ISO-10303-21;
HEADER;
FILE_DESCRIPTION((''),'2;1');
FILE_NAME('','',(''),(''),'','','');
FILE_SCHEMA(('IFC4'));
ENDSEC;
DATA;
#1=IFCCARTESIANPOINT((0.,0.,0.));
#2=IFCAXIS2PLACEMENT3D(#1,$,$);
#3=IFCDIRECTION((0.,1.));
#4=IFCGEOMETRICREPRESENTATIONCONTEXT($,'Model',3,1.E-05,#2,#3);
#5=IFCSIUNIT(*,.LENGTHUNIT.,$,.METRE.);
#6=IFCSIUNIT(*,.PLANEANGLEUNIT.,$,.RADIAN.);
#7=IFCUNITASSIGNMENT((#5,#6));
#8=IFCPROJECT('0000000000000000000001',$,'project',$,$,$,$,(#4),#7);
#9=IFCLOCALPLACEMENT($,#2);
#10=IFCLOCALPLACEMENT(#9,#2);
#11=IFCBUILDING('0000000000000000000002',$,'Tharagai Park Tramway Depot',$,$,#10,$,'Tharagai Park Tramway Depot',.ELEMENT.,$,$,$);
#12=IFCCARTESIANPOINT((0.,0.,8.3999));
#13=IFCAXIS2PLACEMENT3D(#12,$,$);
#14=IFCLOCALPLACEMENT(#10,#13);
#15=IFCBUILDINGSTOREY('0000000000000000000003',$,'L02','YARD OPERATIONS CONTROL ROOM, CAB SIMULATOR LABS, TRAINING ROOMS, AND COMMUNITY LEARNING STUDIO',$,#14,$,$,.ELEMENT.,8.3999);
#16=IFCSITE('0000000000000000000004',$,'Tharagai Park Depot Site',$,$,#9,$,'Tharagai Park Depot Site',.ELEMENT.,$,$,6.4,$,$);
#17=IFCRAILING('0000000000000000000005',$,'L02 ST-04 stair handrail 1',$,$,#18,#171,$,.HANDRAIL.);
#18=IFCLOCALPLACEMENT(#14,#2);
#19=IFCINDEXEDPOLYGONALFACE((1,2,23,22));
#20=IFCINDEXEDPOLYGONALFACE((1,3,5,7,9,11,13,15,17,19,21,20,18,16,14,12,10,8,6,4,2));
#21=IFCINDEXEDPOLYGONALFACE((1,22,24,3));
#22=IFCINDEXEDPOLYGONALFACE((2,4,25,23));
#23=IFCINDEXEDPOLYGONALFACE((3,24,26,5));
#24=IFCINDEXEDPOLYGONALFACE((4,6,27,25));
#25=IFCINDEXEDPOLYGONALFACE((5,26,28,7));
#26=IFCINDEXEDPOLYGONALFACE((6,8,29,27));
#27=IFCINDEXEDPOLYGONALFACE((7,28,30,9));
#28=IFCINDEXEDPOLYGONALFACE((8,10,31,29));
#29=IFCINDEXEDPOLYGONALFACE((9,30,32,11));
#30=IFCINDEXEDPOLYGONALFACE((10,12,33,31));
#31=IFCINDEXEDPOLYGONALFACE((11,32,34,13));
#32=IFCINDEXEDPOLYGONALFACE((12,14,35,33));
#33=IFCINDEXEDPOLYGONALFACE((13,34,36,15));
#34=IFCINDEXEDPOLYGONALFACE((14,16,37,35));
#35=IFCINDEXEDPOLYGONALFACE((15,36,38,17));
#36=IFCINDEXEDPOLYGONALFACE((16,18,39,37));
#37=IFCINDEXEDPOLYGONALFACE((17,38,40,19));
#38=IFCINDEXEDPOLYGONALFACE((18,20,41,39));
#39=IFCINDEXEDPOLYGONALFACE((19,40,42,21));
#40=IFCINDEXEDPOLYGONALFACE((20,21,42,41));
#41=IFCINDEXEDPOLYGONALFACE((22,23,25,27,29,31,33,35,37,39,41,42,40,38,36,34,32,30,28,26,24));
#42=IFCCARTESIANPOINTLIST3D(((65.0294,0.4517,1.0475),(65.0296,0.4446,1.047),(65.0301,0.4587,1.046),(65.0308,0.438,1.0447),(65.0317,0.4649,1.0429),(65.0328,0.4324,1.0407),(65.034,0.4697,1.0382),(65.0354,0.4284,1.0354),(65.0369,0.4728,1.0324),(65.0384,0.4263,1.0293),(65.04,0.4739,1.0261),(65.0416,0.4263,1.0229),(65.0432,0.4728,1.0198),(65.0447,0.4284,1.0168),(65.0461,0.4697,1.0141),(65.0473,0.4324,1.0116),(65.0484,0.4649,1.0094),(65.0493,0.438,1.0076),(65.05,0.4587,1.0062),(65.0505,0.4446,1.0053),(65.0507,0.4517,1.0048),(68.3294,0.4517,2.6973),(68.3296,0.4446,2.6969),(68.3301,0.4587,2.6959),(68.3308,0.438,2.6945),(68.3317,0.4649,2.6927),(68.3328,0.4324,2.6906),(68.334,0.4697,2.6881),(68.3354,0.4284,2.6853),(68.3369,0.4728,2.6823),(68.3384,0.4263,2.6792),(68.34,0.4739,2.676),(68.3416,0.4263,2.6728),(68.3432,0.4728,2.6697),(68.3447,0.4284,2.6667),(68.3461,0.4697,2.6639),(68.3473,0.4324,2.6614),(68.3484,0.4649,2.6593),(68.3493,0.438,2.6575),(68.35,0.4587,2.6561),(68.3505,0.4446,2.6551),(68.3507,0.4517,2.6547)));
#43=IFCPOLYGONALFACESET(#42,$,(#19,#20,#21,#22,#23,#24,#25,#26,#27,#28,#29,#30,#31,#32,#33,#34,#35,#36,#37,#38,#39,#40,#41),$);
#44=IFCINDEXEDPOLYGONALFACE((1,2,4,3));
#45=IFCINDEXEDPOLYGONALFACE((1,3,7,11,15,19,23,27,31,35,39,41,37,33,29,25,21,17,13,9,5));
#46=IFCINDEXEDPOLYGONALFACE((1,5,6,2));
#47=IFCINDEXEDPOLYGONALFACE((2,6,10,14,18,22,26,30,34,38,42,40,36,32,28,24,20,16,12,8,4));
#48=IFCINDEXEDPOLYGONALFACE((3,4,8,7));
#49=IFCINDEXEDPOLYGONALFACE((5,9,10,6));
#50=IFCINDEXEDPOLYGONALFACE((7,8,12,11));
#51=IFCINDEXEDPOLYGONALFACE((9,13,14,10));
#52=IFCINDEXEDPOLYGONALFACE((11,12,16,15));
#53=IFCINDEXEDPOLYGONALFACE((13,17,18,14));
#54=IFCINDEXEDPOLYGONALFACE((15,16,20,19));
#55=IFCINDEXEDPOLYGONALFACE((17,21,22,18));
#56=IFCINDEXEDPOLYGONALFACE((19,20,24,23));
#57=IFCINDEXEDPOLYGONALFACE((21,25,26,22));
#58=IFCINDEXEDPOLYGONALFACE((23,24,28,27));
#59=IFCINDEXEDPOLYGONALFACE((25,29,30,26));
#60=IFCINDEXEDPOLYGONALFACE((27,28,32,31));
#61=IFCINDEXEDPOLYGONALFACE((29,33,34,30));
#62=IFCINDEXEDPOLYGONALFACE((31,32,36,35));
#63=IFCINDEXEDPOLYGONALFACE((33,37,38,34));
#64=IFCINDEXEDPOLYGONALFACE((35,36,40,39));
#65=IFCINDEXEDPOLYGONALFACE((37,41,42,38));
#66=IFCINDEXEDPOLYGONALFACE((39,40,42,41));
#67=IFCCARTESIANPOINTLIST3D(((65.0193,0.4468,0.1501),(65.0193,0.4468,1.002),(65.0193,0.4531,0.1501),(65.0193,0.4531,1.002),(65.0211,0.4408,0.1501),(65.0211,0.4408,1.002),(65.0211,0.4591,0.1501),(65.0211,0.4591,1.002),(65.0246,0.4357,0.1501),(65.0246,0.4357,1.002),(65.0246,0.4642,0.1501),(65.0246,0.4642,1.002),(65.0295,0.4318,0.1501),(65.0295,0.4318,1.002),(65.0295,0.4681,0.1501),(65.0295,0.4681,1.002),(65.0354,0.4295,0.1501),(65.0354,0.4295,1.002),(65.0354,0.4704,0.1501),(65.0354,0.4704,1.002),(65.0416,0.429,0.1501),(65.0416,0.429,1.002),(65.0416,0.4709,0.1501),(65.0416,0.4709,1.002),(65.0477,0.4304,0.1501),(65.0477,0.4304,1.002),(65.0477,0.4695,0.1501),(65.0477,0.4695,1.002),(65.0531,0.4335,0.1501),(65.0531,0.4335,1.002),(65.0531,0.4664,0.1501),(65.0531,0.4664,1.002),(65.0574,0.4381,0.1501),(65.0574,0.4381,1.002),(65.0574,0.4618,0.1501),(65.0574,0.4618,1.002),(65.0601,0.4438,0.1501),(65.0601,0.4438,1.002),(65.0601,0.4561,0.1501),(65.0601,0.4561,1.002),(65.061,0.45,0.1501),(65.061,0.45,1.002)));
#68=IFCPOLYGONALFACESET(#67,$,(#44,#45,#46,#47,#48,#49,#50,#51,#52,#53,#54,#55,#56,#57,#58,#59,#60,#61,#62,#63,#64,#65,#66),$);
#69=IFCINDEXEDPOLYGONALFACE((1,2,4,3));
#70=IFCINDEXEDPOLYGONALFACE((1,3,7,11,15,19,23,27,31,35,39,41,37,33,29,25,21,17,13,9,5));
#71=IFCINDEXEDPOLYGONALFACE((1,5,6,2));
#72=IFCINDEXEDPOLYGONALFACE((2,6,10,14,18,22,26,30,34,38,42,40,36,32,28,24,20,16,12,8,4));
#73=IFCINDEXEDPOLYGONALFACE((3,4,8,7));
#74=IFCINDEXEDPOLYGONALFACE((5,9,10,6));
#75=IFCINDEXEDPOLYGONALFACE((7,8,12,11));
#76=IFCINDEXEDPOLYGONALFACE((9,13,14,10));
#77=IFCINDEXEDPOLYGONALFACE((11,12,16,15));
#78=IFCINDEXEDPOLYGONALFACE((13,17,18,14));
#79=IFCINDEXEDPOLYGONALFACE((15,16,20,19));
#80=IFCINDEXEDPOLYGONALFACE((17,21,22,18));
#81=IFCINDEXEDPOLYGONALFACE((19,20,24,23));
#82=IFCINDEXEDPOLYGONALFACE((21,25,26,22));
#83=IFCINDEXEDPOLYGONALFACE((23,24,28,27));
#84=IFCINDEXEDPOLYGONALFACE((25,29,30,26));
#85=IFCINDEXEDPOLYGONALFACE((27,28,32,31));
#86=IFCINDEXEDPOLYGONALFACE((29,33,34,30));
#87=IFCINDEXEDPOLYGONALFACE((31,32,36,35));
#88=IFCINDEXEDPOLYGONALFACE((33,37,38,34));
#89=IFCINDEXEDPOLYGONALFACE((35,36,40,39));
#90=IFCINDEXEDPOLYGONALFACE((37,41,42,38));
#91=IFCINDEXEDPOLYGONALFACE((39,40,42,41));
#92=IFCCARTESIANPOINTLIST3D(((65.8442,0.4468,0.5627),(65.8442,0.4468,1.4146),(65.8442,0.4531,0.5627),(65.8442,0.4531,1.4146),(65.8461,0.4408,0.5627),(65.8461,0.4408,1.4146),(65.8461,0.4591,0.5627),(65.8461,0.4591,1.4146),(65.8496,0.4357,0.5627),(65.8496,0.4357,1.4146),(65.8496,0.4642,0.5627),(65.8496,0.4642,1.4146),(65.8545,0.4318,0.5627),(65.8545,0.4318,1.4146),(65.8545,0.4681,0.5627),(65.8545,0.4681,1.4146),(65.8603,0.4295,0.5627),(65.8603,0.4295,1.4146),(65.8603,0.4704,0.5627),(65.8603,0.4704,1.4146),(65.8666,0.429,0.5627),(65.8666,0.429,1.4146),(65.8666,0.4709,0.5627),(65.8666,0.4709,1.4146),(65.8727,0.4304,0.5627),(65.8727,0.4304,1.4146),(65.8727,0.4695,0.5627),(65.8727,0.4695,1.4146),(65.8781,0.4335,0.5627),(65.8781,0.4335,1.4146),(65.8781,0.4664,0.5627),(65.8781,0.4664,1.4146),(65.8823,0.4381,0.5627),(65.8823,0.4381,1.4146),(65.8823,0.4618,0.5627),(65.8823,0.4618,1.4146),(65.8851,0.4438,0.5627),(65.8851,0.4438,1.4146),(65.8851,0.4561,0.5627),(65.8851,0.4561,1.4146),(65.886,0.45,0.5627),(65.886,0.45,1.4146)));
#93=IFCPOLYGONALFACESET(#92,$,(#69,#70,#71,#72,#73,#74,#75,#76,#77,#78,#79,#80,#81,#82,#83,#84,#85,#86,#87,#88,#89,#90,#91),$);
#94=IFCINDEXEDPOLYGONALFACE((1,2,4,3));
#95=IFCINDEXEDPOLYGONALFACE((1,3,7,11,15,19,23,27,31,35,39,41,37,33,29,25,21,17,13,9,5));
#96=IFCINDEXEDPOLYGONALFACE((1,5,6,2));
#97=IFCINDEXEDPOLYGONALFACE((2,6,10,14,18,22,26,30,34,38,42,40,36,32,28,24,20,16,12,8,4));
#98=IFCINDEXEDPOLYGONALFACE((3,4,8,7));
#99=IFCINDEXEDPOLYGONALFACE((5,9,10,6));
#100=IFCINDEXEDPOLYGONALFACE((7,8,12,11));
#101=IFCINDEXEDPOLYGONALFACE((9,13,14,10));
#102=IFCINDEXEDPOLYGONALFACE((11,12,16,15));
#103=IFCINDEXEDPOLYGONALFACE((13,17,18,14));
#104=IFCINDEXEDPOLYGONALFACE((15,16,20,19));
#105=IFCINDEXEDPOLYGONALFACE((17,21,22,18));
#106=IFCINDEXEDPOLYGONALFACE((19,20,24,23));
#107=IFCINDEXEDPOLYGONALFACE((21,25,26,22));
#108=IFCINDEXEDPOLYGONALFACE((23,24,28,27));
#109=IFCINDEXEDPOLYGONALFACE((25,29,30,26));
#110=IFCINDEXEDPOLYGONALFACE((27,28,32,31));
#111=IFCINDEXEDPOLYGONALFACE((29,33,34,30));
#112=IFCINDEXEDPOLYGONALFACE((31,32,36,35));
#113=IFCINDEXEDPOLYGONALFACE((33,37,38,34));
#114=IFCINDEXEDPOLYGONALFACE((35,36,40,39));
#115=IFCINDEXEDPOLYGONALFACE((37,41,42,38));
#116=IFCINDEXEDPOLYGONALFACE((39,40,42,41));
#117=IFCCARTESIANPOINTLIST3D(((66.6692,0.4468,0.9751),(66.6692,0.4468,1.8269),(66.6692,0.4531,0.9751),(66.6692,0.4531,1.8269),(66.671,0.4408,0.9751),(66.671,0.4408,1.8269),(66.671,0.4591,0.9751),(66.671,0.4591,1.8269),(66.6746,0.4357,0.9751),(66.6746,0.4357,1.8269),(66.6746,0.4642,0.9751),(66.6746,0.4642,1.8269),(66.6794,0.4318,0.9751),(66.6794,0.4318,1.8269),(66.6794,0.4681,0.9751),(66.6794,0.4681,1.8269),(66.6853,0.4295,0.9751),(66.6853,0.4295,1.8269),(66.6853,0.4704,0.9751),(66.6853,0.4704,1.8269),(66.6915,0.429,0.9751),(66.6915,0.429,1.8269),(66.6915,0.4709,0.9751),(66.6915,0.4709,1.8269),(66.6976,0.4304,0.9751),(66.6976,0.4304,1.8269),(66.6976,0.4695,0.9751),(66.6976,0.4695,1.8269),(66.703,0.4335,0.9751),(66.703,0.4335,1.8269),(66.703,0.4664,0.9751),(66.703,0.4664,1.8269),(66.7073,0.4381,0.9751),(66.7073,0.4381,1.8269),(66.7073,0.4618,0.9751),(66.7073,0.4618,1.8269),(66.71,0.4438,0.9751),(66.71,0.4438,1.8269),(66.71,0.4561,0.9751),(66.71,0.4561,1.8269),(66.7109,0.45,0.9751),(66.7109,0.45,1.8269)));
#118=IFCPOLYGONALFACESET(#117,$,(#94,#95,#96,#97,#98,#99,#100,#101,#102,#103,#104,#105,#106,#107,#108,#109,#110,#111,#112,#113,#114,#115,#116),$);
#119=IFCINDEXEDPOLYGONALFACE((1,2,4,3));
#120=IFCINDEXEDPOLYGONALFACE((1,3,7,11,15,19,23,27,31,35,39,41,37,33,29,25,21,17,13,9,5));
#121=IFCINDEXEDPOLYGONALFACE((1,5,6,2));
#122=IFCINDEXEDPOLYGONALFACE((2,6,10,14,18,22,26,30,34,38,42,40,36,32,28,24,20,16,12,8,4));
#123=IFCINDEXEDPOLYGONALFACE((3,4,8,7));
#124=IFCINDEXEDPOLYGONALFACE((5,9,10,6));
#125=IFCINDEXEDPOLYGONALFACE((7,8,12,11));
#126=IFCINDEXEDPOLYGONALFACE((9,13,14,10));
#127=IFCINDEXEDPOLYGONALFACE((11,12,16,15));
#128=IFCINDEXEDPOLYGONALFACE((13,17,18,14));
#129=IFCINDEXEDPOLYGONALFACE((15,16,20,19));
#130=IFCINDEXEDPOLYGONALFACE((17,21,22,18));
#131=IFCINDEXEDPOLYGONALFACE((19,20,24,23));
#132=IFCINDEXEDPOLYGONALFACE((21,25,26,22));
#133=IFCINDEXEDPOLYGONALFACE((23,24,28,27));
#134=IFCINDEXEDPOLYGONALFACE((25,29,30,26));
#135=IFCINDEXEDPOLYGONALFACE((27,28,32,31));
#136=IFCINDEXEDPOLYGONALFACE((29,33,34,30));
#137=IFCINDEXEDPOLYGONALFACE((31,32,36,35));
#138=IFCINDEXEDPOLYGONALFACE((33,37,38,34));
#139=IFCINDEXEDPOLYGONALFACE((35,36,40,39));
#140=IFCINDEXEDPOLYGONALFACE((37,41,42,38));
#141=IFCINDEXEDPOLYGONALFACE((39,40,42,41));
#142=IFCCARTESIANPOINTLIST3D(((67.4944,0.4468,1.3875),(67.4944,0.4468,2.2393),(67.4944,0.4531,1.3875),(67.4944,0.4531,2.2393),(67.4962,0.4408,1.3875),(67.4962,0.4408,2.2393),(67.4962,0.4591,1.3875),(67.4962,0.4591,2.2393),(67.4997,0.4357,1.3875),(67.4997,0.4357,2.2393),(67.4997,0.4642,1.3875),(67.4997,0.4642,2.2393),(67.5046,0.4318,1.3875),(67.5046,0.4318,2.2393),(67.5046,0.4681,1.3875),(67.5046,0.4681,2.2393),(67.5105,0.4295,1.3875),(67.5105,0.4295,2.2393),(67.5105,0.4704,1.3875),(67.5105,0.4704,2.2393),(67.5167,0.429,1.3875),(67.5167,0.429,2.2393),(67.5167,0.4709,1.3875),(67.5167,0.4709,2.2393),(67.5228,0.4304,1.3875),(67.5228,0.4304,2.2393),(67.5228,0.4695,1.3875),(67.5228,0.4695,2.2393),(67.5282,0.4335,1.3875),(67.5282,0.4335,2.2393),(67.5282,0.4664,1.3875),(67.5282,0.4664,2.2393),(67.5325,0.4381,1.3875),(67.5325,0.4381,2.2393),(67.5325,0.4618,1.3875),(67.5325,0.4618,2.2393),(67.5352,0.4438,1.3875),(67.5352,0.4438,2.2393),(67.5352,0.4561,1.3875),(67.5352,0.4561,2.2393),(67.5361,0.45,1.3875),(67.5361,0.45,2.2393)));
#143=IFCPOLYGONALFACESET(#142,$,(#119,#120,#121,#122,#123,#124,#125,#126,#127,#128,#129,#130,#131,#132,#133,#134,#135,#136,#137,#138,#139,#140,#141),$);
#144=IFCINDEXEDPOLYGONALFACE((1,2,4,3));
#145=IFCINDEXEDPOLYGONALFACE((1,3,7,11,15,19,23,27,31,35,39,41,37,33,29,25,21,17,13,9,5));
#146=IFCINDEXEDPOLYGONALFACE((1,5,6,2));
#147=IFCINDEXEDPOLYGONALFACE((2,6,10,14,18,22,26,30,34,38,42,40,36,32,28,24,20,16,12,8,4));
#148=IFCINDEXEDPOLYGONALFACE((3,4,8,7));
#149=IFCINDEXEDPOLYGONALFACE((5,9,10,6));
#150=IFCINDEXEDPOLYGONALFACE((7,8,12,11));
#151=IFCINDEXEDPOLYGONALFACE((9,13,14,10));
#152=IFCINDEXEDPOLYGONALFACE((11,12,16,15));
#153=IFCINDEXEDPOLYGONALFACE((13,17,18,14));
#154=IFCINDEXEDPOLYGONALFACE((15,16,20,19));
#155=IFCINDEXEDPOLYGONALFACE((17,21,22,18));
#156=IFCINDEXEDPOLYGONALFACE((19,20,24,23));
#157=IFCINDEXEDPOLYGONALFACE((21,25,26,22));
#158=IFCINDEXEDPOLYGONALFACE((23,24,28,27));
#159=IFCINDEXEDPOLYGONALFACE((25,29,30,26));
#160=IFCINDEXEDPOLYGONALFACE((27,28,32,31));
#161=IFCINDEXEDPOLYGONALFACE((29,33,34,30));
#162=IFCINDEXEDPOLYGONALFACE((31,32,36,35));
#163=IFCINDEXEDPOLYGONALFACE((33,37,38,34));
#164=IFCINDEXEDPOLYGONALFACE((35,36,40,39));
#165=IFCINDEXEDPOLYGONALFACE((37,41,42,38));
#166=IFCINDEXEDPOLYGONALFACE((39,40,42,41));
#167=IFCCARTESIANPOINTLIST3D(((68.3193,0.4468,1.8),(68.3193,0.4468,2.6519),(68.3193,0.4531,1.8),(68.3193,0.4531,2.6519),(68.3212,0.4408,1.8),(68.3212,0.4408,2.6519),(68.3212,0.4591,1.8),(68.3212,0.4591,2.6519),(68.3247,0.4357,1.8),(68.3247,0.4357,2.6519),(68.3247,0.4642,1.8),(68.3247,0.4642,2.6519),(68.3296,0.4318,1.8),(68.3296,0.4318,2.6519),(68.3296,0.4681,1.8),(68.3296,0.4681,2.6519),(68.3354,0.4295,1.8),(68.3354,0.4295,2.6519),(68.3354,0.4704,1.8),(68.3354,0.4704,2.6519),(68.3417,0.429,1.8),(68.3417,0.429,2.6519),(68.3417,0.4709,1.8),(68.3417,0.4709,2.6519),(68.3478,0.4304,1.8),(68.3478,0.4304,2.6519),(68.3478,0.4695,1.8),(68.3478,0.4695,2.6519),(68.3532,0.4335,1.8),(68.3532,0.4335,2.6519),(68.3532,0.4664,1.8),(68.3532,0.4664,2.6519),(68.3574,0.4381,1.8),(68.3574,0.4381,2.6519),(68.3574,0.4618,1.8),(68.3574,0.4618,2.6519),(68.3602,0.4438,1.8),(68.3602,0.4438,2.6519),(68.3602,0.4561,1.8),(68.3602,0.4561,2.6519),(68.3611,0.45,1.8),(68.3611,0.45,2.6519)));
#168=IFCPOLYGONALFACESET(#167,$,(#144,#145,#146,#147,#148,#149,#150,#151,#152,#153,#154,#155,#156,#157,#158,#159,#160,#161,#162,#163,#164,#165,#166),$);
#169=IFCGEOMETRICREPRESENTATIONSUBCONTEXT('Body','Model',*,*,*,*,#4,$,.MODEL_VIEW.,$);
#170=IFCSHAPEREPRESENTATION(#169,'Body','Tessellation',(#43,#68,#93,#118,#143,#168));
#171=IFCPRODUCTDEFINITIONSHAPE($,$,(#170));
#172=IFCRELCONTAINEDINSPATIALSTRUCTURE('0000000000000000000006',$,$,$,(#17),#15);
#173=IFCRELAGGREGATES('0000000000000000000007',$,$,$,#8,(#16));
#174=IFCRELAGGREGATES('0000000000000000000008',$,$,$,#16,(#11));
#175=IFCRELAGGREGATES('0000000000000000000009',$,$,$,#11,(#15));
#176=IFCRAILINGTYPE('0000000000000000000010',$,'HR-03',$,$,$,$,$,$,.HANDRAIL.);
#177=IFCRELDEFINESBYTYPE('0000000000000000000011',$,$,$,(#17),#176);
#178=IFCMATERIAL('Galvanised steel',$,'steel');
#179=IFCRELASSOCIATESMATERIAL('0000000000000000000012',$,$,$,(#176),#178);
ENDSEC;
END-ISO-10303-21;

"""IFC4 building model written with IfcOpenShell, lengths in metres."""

from ifc_helpers import new_model, si_unit, direction, frame, origin, origin_2d, place, context, subcontext, project, spatial, circle, extrude, material, type_object, element, save


model = new_model("IFC4")

# Units and contexts
model_context = context("Model", 3, precision=1e-05, world=origin(), true_north=direction((0.0, 1.0)))
body_context = subcontext(model_context, "Body", "Model", "MODEL_VIEW")
ifc_project = project(units=[si_unit("LENGTHUNIT", "METRE"), si_unit("PLANEANGLEUNIT", "RADIAN")], contexts=[model_context])

# Site, building, storey
site_placement = place(None, origin())
site = spatial("IfcSite", under=ifc_project, at=site_placement, Name="Tharagai Park Depot Site", LongName="Tharagai Park Depot Site", CompositionType="ELEMENT", RefElevation=6.4)
building_placement = place(site_placement, origin())
building = spatial("IfcBuilding", under=site, at=building_placement, Name="Tharagai Park Tramway Depot", LongName="Tharagai Park Tramway Depot", CompositionType="ELEMENT")
storey_placement = place(building_placement, frame((0.0, 0.0, 8.3999)))
storey = spatial("IfcBuildingStorey", under=building, at=storey_placement, Name="L02", Description="YARD OPERATIONS CONTROL ROOM, CAB SIMULATOR LABS, TRAINING ROOMS, AND COMMUNITY LEARNING STUDIO", CompositionType="ELEMENT", Elevation=8.3999)

# Shared definitions
ifc_material_1 = material(Name="Galvanised steel", Category="steel")

# Railing
railing_type_1 = type_object("IfcRailingType", Name="HR-03", PredefinedType="HANDRAIL", material=ifc_material_1)
railing_1_placement = place(storey_placement, frame((65.04, 0.45, 0.1501)))
element("IfcRailing", 1, at=railing_1_placement, inside=storey, type_object=railing_type_1, Name="L02 ST-04 stair handrail 1", PredefinedType="HANDRAIL", context=body_context, shape_type="SweptSolid", body=[
    extrude(circle(Radius=0.0239, at=origin_2d()), frame((0.0, 0.0, 0.876), z_axis=(0.89444, 0.0, 0.447187), x_axis=(0.0, 1.0, 0.0)), (0.0, 0.0, 1.0), 3.6895),
    extrude(circle(Radius=0.021, at=origin_2d()), origin(), (0.0, 0.0, 1.0), 0.8518),
    extrude(circle(Radius=0.021, at=origin_2d()), frame((0.825, 0.0, 0.4126)), (0.0, 0.0, 1.0), 0.8518),
    extrude(circle(Radius=0.021, at=origin_2d()), frame((1.6499, 0.0, 0.825)), (0.0, 0.0, 1.0), 0.8518),
    extrude(circle(Radius=0.021, at=origin_2d()), frame((2.4751, 0.0, 1.2373)), (0.0, 0.0, 1.0), 0.8518),
    extrude(circle(Radius=0.021, at=origin_2d()), frame((3.3, 0.0, 1.6499)), (0.0, 0.0, 1.0), 0.8518),
])

save(model, "model.ifc")
